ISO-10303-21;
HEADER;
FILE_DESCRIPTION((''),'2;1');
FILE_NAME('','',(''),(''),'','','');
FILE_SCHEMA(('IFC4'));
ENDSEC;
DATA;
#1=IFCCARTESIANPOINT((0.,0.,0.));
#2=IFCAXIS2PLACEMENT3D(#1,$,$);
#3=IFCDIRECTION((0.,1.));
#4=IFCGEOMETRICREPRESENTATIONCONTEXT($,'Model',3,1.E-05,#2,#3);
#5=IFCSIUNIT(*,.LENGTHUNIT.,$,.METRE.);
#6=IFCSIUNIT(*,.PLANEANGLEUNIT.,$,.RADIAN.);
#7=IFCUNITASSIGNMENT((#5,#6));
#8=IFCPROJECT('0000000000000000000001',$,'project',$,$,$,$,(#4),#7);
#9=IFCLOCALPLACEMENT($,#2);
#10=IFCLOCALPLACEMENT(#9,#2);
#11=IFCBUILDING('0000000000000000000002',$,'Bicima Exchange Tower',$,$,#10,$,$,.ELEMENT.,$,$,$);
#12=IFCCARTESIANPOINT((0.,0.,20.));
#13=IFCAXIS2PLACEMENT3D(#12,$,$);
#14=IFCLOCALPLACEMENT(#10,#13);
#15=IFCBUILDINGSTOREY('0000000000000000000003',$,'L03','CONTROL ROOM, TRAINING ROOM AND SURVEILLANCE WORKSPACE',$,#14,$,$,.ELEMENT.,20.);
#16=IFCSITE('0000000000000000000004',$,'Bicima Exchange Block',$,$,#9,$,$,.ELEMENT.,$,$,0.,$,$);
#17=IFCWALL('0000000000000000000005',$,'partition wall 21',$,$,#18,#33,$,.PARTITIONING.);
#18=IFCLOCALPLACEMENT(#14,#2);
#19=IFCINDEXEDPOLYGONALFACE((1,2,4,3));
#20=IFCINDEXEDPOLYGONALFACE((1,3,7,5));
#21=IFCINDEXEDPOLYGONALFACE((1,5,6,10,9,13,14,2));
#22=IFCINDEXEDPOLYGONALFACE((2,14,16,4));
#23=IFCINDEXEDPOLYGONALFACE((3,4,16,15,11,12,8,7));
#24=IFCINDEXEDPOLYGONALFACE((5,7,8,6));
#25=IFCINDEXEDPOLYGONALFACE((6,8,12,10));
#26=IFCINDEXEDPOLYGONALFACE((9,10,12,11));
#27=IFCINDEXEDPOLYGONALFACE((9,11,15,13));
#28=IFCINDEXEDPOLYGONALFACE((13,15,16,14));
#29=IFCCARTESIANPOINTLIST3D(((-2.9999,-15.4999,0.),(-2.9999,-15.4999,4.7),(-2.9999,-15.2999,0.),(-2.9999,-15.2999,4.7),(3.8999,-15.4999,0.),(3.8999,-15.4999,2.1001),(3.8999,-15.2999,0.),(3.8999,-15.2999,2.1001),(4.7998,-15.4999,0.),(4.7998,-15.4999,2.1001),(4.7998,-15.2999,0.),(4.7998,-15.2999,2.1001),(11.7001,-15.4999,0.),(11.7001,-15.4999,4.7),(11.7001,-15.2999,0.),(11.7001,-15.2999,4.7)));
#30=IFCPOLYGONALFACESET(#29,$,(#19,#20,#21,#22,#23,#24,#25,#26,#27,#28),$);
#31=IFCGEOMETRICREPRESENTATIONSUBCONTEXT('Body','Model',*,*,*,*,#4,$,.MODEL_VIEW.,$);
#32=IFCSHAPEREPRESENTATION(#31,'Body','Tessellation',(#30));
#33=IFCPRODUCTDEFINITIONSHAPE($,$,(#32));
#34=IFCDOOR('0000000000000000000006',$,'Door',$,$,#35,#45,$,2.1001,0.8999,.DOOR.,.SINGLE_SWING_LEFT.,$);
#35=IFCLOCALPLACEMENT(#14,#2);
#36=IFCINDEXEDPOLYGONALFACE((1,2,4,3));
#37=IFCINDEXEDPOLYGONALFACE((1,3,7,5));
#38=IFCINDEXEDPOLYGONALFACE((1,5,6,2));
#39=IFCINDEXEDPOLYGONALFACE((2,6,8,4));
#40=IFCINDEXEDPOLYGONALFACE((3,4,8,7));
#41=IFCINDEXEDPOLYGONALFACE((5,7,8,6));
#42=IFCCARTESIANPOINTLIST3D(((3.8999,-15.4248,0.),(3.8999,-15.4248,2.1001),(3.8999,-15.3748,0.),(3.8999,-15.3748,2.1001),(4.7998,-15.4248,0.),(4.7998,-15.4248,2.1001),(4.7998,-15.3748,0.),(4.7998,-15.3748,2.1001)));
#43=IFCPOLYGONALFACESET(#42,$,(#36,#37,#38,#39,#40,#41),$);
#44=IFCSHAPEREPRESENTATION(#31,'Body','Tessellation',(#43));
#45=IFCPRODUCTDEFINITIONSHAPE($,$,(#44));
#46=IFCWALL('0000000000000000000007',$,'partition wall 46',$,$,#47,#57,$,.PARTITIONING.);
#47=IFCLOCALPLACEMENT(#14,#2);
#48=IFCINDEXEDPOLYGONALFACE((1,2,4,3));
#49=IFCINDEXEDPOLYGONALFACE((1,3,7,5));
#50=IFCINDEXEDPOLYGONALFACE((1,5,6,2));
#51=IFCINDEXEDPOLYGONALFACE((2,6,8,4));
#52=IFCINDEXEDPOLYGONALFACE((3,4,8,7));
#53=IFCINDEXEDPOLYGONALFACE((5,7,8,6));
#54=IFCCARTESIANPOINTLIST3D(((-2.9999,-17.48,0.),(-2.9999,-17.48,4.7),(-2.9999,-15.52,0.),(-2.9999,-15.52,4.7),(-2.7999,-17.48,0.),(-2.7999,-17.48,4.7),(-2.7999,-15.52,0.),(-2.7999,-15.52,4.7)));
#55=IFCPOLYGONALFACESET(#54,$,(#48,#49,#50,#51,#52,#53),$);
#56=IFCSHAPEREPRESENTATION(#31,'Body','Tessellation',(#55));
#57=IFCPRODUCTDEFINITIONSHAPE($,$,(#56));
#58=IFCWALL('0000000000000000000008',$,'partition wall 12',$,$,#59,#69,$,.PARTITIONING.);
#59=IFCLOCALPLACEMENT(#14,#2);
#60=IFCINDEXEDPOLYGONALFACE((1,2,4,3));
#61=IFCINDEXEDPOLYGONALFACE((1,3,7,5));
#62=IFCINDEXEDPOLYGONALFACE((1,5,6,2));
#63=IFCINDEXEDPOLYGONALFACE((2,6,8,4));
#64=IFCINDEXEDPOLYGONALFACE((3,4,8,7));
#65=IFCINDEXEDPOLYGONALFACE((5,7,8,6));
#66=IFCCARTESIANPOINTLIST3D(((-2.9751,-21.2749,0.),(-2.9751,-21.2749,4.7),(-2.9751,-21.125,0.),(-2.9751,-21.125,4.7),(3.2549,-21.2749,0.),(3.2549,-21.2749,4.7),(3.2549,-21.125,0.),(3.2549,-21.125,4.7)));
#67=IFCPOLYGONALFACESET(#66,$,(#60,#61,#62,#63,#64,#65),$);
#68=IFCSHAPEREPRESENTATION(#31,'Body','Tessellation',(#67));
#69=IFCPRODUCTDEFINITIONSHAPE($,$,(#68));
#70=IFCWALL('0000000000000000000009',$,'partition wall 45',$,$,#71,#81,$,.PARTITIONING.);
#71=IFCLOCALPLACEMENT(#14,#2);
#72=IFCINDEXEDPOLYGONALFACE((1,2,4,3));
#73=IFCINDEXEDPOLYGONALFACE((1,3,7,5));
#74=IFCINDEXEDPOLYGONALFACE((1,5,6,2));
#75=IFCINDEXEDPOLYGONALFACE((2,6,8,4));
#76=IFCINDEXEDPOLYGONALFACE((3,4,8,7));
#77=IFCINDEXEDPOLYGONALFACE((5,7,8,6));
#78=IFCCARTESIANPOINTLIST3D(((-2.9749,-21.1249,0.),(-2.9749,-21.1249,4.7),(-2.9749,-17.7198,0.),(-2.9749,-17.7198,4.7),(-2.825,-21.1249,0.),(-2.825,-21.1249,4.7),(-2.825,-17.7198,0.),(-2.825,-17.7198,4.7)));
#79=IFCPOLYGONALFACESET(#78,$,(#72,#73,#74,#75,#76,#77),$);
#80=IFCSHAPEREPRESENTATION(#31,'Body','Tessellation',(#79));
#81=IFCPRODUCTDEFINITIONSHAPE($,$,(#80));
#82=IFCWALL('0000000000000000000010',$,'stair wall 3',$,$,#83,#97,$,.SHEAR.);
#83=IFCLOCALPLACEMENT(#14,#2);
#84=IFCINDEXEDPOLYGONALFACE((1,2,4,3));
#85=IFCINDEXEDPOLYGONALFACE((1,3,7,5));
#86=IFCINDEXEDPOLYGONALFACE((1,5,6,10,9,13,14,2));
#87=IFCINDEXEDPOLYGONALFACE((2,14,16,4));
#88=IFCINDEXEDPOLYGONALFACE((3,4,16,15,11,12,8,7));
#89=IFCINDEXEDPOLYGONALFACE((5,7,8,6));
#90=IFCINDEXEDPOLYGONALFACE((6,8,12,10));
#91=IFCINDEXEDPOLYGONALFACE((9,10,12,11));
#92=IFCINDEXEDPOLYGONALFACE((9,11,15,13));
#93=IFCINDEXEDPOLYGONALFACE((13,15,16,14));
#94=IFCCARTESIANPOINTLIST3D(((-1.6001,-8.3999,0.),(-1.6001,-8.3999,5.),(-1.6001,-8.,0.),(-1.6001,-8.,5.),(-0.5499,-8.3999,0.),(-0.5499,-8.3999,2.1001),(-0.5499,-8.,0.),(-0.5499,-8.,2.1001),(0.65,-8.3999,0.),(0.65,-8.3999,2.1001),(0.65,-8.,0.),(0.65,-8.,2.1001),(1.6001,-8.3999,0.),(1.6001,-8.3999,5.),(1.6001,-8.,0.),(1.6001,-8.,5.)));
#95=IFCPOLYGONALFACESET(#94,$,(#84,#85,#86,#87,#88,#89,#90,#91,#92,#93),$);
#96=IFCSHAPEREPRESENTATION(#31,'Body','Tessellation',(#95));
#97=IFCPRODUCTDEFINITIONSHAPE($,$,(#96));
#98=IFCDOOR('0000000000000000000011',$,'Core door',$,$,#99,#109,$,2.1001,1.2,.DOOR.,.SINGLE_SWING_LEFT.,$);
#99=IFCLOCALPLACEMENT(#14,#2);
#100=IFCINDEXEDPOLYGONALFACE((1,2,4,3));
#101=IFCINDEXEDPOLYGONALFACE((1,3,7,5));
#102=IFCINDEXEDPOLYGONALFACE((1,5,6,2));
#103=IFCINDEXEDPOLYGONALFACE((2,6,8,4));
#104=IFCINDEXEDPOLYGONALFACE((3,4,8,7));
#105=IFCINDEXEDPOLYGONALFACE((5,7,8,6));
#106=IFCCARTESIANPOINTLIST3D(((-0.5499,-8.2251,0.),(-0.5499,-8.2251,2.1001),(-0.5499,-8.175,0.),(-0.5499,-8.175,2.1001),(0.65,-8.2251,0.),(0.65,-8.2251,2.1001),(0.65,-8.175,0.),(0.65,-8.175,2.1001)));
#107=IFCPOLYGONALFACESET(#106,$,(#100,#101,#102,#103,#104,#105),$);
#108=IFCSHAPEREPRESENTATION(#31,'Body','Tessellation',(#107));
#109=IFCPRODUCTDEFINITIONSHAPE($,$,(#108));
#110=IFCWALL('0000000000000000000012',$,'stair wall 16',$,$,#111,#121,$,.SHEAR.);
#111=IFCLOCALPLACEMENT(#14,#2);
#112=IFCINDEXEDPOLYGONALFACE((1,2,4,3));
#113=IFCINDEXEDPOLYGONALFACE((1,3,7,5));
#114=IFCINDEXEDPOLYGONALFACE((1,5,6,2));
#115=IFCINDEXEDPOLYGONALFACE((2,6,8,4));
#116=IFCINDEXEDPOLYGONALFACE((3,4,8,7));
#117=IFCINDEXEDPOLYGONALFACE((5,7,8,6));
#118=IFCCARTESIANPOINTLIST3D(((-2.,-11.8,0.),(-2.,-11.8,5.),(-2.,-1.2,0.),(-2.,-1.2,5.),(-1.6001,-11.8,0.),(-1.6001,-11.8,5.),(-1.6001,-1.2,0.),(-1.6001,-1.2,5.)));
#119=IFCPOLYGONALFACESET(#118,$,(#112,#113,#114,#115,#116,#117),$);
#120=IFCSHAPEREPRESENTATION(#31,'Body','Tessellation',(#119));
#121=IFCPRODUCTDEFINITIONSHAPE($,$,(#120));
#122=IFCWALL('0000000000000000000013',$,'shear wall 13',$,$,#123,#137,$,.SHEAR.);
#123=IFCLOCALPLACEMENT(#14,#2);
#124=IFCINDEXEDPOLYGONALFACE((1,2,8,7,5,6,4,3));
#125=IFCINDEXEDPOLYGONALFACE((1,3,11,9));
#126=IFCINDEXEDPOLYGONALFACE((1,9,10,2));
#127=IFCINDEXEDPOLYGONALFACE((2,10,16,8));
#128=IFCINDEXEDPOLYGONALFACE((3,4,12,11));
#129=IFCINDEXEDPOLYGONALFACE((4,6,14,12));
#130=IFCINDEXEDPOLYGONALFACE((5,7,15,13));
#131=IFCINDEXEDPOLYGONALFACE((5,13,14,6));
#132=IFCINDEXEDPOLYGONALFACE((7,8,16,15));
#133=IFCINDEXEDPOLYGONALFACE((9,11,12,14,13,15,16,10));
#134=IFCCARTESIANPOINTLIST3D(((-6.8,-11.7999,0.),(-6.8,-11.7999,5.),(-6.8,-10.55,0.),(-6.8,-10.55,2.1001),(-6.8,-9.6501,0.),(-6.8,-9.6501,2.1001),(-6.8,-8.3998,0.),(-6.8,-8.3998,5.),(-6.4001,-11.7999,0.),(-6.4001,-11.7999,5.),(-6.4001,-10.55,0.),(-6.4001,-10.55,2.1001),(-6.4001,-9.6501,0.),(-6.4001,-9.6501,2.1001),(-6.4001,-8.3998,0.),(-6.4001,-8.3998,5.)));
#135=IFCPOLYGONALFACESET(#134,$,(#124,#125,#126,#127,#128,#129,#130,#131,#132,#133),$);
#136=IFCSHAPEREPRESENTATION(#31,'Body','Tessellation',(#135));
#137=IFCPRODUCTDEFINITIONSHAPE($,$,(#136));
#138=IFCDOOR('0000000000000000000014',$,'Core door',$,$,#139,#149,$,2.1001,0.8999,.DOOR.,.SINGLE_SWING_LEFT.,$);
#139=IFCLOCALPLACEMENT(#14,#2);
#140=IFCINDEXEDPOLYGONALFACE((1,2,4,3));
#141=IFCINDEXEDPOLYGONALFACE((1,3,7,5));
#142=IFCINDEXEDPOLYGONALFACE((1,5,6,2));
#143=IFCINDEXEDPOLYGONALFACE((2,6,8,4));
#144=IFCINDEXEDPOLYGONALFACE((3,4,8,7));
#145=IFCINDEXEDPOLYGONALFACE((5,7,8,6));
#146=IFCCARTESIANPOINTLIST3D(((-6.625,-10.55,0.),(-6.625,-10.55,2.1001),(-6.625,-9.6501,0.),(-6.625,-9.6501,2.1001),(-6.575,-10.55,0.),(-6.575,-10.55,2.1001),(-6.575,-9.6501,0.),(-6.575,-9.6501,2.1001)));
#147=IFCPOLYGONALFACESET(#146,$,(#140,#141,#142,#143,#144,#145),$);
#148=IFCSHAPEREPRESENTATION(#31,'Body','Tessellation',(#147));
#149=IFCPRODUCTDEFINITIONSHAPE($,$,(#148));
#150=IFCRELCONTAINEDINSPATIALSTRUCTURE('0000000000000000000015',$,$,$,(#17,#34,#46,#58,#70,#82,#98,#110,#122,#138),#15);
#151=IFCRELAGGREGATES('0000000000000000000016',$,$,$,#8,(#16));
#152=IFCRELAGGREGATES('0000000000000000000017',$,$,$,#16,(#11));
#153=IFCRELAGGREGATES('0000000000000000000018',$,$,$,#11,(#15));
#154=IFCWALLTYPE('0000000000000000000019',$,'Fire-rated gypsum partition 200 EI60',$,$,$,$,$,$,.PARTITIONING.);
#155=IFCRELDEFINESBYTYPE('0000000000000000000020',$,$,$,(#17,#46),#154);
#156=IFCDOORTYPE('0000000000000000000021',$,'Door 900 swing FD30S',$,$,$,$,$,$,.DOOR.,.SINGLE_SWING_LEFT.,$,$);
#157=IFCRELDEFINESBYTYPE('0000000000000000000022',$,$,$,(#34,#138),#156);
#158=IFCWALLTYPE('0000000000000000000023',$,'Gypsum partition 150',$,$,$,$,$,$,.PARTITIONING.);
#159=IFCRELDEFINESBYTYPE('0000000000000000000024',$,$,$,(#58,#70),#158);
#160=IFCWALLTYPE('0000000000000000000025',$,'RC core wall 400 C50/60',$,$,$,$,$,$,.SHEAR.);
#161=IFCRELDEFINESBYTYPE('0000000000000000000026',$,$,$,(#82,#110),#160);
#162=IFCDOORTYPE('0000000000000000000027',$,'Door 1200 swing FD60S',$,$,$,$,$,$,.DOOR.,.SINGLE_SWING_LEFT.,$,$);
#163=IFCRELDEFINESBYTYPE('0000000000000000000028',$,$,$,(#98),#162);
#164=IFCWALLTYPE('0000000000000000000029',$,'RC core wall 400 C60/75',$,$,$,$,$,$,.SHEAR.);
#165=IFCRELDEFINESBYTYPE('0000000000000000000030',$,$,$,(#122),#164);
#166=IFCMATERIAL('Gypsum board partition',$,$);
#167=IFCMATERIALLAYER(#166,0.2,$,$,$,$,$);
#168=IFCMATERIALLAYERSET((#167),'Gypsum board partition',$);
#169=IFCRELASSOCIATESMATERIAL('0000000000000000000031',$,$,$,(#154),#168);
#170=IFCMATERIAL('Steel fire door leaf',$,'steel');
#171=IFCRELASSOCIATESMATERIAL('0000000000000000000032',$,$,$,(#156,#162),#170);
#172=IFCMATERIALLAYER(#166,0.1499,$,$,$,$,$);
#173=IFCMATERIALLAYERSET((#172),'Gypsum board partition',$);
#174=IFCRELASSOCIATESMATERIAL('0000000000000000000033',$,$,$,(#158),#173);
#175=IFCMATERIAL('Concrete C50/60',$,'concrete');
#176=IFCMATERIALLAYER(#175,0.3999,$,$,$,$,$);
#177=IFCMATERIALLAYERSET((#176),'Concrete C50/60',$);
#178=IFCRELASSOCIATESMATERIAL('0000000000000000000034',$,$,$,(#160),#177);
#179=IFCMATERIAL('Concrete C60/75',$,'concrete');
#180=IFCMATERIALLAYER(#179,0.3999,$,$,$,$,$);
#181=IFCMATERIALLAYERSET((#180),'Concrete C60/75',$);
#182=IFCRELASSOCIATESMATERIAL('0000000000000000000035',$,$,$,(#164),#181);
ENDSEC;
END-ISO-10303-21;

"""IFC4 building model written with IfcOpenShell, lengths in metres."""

from ifc_helpers import new_model, si_unit, direction, frame, frame_2d, origin, place, context, subcontext, project, spatial, rectangle, extrude, material, layer, layer_set, type_object, element, fill, save


model = new_model("IFC4")

# Units and contexts
model_context = context("Model", 3, precision=1e-05, world=origin(), true_north=direction((0.0, 1.0)))
body_context = subcontext(model_context, "Body", "Model", "MODEL_VIEW")
ifc_project = project(units=[si_unit("LENGTHUNIT", "METRE"), si_unit("PLANEANGLEUNIT", "RADIAN")], contexts=[model_context])

# Site, building, storey
site_placement = place(None, origin())
site = spatial("IfcSite", under=ifc_project, at=site_placement, Name="Bicima Exchange Block", CompositionType="ELEMENT", RefElevation=0.0)
building_placement = place(site_placement, origin())
building = spatial("IfcBuilding", under=site, at=building_placement, Name="Bicima Exchange Tower", CompositionType="ELEMENT")
storey_placement = place(building_placement, frame((0.0, 0.0, 20.0)))
storey = spatial("IfcBuildingStorey", under=building, at=storey_placement, Name="L03", Description="CONTROL ROOM, TRAINING ROOM AND SURVEILLANCE WORKSPACE", CompositionType="ELEMENT", Elevation=20.0)

# Shared definitions
ifc_material_1 = material(Name="Gypsum board partition")
ifc_layer_1 = layer(ifc_material_1, 0.2)
ifc_layer_set_1 = layer_set([ifc_layer_1], Name="Gypsum board partition")
wall_type_1 = type_object("IfcWallType", Name="Fire-rated gypsum partition 200 EI60", PredefinedType="PARTITIONING", material=ifc_layer_set_1)
ifc_material_2 = material(Name="Steel fire door leaf", Category="steel")
door_type_1 = type_object("IfcDoorType", Name="Door 900 swing FD30S", OperationType="SINGLE_SWING_LEFT", PredefinedType="DOOR", material=ifc_material_2)

# Wall, opening, door
wall_1_placement = place(storey_placement, frame((-3.0, -15.3999, 0.0), z_axis=(0.0, 0.0, 1.0), x_axis=(1.0, 0.0, 0.0)))
wall_1 = element("IfcWall", 1, at=wall_1_placement, inside=storey, type_object=wall_type_1, Name="partition wall 21", PredefinedType="PARTITIONING", context=body_context, shape_type="SweptSolid", body=[
    extrude(rectangle(XDim=14.7, YDim=0.2, at=frame_2d((7.3501, 0.0))), origin(), (0.0, 0.0, 1.0), 4.7),
])
opening_1_placement = place(wall_1_placement, frame((6.8999, 0.0, 0.0)))
opening_1 = element("IfcOpeningElement", 2, at=opening_1_placement, cuts=wall_1, PredefinedType="OPENING", context=body_context, shape_type="SweptSolid", body=[
    extrude(rectangle(XDim=0.8999, YDim=2.1001, at=frame_2d((0.45, 1.05))), frame((0.0, 0.1118, 0.0), z_axis=(0.0, -1.0, 0.0), x_axis=(1.0, 0.0, 0.0)), (0.0, 0.0, 1.0), 0.2239),
])
door_1_placement = place(opening_1_placement, frame((0.8999, 0.0, 0.0), z_axis=(0.0, 0.0, 1.0), x_axis=(-1.0, 0.0, 0.0)))
door_1 = element("IfcDoor", 3, at=door_1_placement, inside=storey, type_object=door_type_1, Name="Door", OperationType="SINGLE_SWING_LEFT", OverallHeight=2.1001, OverallWidth=0.8999, PredefinedType="DOOR", context=body_context, shape_type="SweptSolid", body=[
    extrude(rectangle(XDim=0.8999, YDim=2.1001, at=frame_2d((0.45, 1.05))), frame((0.0, 0.0249, 0.0), z_axis=(0.0, -1.0, 0.0), x_axis=(1.0, 0.0, 0.0)), (0.0, 0.0, 1.0), 0.05),
])
fill(opening_1, door_1)

# Walls
wall_2_placement = place(storey_placement, frame((-2.8999, -17.48, 0.0), z_axis=(0.0, 0.0, 1.0), x_axis=(0.0, 1.0, 0.0)))
element("IfcWall", 4, at=wall_2_placement, inside=storey, type_object=wall_type_1, Name="partition wall 46", PredefinedType="PARTITIONING", context=body_context, shape_type="SweptSolid", body=[
    extrude(rectangle(XDim=1.96, YDim=0.2, at=frame_2d((0.98, 0.0))), origin(), (0.0, 0.0, 1.0), 4.7),
])
ifc_layer_2 = layer(ifc_material_1, 0.1499)
ifc_layer_set_2 = layer_set([ifc_layer_2], Name="Gypsum board partition")
wall_type_2 = type_object("IfcWallType", Name="Gypsum partition 150", PredefinedType="PARTITIONING", material=ifc_layer_set_2)
wall_3_placement = place(storey_placement, frame((-2.9751, -21.2, 0.0), z_axis=(0.0, 0.0, 1.0), x_axis=(1.0, 0.0, 0.0)))
element("IfcWall", 5, at=wall_3_placement, inside=storey, type_object=wall_type_2, Name="partition wall 12", PredefinedType="PARTITIONING", context=body_context, shape_type="SweptSolid", body=[
    extrude(rectangle(XDim=6.23, YDim=0.1499, at=frame_2d((3.115, 0.0))), origin(), (0.0, 0.0, 1.0), 4.7),
])
wall_4_placement = place(storey_placement, frame((-2.8999, -21.125, 0.0), z_axis=(0.0, 0.0, 1.0), x_axis=(0.0, 1.0, 0.0)))
element("IfcWall", 6, at=wall_4_placement, inside=storey, type_object=wall_type_2, Name="partition wall 45", PredefinedType="PARTITIONING", context=body_context, shape_type="SweptSolid", body=[
    extrude(rectangle(XDim=3.405, YDim=0.1499, at=frame_2d((1.7026, 0.0))), origin(), (0.0, 0.0, 1.0), 4.7),
])

# Wall, opening, door
ifc_material_3 = material(Name="Concrete C50/60", Category="concrete")
ifc_layer_3 = layer(ifc_material_3, 0.3999)
ifc_layer_set_3 = layer_set([ifc_layer_3], Name="Concrete C50/60")
wall_type_3 = type_object("IfcWallType", Name="RC core wall 400 C50/60", PredefinedType="SHEAR", material=ifc_layer_set_3)
wall_5_placement = place(storey_placement, frame((-1.6001, -8.2, 0.0), z_axis=(0.0, 0.0, 1.0), x_axis=(1.0, 0.0, 0.0)))
wall_5 = element("IfcWall", 7, at=wall_5_placement, inside=storey, type_object=wall_type_3, Name="stair wall 3", PredefinedType="SHEAR", context=body_context, shape_type="SweptSolid", body=[
    extrude(rectangle(XDim=3.2002, YDim=0.3999, at=frame_2d((1.6001, 0.0))), origin(), (0.0, 0.0, 1.0), 5.0),
])
opening_2_placement = place(wall_5_placement, frame((1.05, 0.0, 0.0)))
opening_2 = element("IfcOpeningElement", 8, at=opening_2_placement, cuts=wall_5, PredefinedType="OPENING", context=body_context, shape_type="SweptSolid", body=[
    extrude(rectangle(XDim=1.2, YDim=2.1001, at=frame_2d((0.6001, 1.05))), frame((0.0, 0.2119, 0.0), z_axis=(0.0, -1.0, 0.0), x_axis=(1.0, 0.0, 0.0)), (0.0, 0.0, 1.0), 0.4238),
])
door_type_2 = type_object("IfcDoorType", Name="Door 1200 swing FD60S", OperationType="SINGLE_SWING_LEFT", PredefinedType="DOOR", material=ifc_material_2)
door_2_placement = place(opening_2_placement, origin())
door_2 = element("IfcDoor", 9, at=door_2_placement, inside=storey, type_object=door_type_2, Name="Core door", OperationType="SINGLE_SWING_LEFT", OverallHeight=2.1001, OverallWidth=1.2, PredefinedType="DOOR", context=body_context, shape_type="SweptSolid", body=[
    extrude(rectangle(XDim=1.2, YDim=2.1001, at=frame_2d((0.6001, 1.05))), frame((0.0, 0.0249, 0.0), z_axis=(0.0, -1.0, 0.0), x_axis=(1.0, 0.0, 0.0)), (0.0, 0.0, 1.0), 0.05),
])
fill(opening_2, door_2)

# Wall
wall_6_placement = place(storey_placement, frame((-1.8, -11.8, 0.0), z_axis=(0.0, 0.0, 1.0), x_axis=(0.0, 1.0, 0.0)))
element("IfcWall", 10, at=wall_6_placement, inside=storey, type_object=wall_type_3, Name="stair wall 16", PredefinedType="SHEAR", context=body_context, shape_type="SweptSolid", body=[
    extrude(rectangle(XDim=10.6001, YDim=0.3999, at=frame_2d((5.3, 0.0))), origin(), (0.0, 0.0, 1.0), 5.0),
])

# Wall, opening, door
ifc_material_4 = material(Name="Concrete C60/75", Category="concrete")
ifc_layer_4 = layer(ifc_material_4, 0.3999)
ifc_layer_set_4 = layer_set([ifc_layer_4], Name="Concrete C60/75")
wall_type_4 = type_object("IfcWallType", Name="RC core wall 400 C60/75", PredefinedType="SHEAR", material=ifc_layer_set_4)
wall_7_placement = place(storey_placement, frame((-6.6001, -11.8, 0.0), z_axis=(0.0, 0.0, 1.0), x_axis=(0.0, 1.0, 0.0)))
wall_7 = element("IfcWall", 11, at=wall_7_placement, inside=storey, type_object=wall_type_4, Name="shear wall 13", PredefinedType="SHEAR", context=body_context, shape_type="SweptSolid", body=[
    extrude(rectangle(XDim=3.4001, YDim=0.3999, at=frame_2d((1.7002, 0.0))), origin(), (0.0, 0.0, 1.0), 5.0),
])
opening_3_placement = place(wall_7_placement, frame((1.25, 0.0, 0.0)))
opening_3 = element("IfcOpeningElement", 12, at=opening_3_placement, cuts=wall_7, PredefinedType="OPENING", context=body_context, shape_type="SweptSolid", body=[
    extrude(rectangle(XDim=0.8999, YDim=2.1001, at=frame_2d((0.45, 1.05))), frame((0.0, 0.2119, 0.0), z_axis=(0.0, -1.0, 0.0), x_axis=(1.0, 0.0, 0.0)), (0.0, 0.0, 1.0), 0.4238),
])
door_3_placement = place(opening_3_placement, origin())
door_3 = element("IfcDoor", 13, at=door_3_placement, inside=storey, type_object=door_type_1, Name="Core door", OperationType="SINGLE_SWING_LEFT", OverallHeight=2.1001, OverallWidth=0.8999, PredefinedType="DOOR", context=body_context, shape_type="SweptSolid", body=[
    extrude(rectangle(XDim=0.8999, YDim=2.1001, at=frame_2d((0.45, 1.05))), frame((0.0, 0.0249, 0.0), z_axis=(0.0, -1.0, 0.0), x_axis=(1.0, 0.0, 0.0)), (0.0, 0.0, 1.0), 0.05),
])
fill(opening_3, door_3)

save(model, "model.ifc")
